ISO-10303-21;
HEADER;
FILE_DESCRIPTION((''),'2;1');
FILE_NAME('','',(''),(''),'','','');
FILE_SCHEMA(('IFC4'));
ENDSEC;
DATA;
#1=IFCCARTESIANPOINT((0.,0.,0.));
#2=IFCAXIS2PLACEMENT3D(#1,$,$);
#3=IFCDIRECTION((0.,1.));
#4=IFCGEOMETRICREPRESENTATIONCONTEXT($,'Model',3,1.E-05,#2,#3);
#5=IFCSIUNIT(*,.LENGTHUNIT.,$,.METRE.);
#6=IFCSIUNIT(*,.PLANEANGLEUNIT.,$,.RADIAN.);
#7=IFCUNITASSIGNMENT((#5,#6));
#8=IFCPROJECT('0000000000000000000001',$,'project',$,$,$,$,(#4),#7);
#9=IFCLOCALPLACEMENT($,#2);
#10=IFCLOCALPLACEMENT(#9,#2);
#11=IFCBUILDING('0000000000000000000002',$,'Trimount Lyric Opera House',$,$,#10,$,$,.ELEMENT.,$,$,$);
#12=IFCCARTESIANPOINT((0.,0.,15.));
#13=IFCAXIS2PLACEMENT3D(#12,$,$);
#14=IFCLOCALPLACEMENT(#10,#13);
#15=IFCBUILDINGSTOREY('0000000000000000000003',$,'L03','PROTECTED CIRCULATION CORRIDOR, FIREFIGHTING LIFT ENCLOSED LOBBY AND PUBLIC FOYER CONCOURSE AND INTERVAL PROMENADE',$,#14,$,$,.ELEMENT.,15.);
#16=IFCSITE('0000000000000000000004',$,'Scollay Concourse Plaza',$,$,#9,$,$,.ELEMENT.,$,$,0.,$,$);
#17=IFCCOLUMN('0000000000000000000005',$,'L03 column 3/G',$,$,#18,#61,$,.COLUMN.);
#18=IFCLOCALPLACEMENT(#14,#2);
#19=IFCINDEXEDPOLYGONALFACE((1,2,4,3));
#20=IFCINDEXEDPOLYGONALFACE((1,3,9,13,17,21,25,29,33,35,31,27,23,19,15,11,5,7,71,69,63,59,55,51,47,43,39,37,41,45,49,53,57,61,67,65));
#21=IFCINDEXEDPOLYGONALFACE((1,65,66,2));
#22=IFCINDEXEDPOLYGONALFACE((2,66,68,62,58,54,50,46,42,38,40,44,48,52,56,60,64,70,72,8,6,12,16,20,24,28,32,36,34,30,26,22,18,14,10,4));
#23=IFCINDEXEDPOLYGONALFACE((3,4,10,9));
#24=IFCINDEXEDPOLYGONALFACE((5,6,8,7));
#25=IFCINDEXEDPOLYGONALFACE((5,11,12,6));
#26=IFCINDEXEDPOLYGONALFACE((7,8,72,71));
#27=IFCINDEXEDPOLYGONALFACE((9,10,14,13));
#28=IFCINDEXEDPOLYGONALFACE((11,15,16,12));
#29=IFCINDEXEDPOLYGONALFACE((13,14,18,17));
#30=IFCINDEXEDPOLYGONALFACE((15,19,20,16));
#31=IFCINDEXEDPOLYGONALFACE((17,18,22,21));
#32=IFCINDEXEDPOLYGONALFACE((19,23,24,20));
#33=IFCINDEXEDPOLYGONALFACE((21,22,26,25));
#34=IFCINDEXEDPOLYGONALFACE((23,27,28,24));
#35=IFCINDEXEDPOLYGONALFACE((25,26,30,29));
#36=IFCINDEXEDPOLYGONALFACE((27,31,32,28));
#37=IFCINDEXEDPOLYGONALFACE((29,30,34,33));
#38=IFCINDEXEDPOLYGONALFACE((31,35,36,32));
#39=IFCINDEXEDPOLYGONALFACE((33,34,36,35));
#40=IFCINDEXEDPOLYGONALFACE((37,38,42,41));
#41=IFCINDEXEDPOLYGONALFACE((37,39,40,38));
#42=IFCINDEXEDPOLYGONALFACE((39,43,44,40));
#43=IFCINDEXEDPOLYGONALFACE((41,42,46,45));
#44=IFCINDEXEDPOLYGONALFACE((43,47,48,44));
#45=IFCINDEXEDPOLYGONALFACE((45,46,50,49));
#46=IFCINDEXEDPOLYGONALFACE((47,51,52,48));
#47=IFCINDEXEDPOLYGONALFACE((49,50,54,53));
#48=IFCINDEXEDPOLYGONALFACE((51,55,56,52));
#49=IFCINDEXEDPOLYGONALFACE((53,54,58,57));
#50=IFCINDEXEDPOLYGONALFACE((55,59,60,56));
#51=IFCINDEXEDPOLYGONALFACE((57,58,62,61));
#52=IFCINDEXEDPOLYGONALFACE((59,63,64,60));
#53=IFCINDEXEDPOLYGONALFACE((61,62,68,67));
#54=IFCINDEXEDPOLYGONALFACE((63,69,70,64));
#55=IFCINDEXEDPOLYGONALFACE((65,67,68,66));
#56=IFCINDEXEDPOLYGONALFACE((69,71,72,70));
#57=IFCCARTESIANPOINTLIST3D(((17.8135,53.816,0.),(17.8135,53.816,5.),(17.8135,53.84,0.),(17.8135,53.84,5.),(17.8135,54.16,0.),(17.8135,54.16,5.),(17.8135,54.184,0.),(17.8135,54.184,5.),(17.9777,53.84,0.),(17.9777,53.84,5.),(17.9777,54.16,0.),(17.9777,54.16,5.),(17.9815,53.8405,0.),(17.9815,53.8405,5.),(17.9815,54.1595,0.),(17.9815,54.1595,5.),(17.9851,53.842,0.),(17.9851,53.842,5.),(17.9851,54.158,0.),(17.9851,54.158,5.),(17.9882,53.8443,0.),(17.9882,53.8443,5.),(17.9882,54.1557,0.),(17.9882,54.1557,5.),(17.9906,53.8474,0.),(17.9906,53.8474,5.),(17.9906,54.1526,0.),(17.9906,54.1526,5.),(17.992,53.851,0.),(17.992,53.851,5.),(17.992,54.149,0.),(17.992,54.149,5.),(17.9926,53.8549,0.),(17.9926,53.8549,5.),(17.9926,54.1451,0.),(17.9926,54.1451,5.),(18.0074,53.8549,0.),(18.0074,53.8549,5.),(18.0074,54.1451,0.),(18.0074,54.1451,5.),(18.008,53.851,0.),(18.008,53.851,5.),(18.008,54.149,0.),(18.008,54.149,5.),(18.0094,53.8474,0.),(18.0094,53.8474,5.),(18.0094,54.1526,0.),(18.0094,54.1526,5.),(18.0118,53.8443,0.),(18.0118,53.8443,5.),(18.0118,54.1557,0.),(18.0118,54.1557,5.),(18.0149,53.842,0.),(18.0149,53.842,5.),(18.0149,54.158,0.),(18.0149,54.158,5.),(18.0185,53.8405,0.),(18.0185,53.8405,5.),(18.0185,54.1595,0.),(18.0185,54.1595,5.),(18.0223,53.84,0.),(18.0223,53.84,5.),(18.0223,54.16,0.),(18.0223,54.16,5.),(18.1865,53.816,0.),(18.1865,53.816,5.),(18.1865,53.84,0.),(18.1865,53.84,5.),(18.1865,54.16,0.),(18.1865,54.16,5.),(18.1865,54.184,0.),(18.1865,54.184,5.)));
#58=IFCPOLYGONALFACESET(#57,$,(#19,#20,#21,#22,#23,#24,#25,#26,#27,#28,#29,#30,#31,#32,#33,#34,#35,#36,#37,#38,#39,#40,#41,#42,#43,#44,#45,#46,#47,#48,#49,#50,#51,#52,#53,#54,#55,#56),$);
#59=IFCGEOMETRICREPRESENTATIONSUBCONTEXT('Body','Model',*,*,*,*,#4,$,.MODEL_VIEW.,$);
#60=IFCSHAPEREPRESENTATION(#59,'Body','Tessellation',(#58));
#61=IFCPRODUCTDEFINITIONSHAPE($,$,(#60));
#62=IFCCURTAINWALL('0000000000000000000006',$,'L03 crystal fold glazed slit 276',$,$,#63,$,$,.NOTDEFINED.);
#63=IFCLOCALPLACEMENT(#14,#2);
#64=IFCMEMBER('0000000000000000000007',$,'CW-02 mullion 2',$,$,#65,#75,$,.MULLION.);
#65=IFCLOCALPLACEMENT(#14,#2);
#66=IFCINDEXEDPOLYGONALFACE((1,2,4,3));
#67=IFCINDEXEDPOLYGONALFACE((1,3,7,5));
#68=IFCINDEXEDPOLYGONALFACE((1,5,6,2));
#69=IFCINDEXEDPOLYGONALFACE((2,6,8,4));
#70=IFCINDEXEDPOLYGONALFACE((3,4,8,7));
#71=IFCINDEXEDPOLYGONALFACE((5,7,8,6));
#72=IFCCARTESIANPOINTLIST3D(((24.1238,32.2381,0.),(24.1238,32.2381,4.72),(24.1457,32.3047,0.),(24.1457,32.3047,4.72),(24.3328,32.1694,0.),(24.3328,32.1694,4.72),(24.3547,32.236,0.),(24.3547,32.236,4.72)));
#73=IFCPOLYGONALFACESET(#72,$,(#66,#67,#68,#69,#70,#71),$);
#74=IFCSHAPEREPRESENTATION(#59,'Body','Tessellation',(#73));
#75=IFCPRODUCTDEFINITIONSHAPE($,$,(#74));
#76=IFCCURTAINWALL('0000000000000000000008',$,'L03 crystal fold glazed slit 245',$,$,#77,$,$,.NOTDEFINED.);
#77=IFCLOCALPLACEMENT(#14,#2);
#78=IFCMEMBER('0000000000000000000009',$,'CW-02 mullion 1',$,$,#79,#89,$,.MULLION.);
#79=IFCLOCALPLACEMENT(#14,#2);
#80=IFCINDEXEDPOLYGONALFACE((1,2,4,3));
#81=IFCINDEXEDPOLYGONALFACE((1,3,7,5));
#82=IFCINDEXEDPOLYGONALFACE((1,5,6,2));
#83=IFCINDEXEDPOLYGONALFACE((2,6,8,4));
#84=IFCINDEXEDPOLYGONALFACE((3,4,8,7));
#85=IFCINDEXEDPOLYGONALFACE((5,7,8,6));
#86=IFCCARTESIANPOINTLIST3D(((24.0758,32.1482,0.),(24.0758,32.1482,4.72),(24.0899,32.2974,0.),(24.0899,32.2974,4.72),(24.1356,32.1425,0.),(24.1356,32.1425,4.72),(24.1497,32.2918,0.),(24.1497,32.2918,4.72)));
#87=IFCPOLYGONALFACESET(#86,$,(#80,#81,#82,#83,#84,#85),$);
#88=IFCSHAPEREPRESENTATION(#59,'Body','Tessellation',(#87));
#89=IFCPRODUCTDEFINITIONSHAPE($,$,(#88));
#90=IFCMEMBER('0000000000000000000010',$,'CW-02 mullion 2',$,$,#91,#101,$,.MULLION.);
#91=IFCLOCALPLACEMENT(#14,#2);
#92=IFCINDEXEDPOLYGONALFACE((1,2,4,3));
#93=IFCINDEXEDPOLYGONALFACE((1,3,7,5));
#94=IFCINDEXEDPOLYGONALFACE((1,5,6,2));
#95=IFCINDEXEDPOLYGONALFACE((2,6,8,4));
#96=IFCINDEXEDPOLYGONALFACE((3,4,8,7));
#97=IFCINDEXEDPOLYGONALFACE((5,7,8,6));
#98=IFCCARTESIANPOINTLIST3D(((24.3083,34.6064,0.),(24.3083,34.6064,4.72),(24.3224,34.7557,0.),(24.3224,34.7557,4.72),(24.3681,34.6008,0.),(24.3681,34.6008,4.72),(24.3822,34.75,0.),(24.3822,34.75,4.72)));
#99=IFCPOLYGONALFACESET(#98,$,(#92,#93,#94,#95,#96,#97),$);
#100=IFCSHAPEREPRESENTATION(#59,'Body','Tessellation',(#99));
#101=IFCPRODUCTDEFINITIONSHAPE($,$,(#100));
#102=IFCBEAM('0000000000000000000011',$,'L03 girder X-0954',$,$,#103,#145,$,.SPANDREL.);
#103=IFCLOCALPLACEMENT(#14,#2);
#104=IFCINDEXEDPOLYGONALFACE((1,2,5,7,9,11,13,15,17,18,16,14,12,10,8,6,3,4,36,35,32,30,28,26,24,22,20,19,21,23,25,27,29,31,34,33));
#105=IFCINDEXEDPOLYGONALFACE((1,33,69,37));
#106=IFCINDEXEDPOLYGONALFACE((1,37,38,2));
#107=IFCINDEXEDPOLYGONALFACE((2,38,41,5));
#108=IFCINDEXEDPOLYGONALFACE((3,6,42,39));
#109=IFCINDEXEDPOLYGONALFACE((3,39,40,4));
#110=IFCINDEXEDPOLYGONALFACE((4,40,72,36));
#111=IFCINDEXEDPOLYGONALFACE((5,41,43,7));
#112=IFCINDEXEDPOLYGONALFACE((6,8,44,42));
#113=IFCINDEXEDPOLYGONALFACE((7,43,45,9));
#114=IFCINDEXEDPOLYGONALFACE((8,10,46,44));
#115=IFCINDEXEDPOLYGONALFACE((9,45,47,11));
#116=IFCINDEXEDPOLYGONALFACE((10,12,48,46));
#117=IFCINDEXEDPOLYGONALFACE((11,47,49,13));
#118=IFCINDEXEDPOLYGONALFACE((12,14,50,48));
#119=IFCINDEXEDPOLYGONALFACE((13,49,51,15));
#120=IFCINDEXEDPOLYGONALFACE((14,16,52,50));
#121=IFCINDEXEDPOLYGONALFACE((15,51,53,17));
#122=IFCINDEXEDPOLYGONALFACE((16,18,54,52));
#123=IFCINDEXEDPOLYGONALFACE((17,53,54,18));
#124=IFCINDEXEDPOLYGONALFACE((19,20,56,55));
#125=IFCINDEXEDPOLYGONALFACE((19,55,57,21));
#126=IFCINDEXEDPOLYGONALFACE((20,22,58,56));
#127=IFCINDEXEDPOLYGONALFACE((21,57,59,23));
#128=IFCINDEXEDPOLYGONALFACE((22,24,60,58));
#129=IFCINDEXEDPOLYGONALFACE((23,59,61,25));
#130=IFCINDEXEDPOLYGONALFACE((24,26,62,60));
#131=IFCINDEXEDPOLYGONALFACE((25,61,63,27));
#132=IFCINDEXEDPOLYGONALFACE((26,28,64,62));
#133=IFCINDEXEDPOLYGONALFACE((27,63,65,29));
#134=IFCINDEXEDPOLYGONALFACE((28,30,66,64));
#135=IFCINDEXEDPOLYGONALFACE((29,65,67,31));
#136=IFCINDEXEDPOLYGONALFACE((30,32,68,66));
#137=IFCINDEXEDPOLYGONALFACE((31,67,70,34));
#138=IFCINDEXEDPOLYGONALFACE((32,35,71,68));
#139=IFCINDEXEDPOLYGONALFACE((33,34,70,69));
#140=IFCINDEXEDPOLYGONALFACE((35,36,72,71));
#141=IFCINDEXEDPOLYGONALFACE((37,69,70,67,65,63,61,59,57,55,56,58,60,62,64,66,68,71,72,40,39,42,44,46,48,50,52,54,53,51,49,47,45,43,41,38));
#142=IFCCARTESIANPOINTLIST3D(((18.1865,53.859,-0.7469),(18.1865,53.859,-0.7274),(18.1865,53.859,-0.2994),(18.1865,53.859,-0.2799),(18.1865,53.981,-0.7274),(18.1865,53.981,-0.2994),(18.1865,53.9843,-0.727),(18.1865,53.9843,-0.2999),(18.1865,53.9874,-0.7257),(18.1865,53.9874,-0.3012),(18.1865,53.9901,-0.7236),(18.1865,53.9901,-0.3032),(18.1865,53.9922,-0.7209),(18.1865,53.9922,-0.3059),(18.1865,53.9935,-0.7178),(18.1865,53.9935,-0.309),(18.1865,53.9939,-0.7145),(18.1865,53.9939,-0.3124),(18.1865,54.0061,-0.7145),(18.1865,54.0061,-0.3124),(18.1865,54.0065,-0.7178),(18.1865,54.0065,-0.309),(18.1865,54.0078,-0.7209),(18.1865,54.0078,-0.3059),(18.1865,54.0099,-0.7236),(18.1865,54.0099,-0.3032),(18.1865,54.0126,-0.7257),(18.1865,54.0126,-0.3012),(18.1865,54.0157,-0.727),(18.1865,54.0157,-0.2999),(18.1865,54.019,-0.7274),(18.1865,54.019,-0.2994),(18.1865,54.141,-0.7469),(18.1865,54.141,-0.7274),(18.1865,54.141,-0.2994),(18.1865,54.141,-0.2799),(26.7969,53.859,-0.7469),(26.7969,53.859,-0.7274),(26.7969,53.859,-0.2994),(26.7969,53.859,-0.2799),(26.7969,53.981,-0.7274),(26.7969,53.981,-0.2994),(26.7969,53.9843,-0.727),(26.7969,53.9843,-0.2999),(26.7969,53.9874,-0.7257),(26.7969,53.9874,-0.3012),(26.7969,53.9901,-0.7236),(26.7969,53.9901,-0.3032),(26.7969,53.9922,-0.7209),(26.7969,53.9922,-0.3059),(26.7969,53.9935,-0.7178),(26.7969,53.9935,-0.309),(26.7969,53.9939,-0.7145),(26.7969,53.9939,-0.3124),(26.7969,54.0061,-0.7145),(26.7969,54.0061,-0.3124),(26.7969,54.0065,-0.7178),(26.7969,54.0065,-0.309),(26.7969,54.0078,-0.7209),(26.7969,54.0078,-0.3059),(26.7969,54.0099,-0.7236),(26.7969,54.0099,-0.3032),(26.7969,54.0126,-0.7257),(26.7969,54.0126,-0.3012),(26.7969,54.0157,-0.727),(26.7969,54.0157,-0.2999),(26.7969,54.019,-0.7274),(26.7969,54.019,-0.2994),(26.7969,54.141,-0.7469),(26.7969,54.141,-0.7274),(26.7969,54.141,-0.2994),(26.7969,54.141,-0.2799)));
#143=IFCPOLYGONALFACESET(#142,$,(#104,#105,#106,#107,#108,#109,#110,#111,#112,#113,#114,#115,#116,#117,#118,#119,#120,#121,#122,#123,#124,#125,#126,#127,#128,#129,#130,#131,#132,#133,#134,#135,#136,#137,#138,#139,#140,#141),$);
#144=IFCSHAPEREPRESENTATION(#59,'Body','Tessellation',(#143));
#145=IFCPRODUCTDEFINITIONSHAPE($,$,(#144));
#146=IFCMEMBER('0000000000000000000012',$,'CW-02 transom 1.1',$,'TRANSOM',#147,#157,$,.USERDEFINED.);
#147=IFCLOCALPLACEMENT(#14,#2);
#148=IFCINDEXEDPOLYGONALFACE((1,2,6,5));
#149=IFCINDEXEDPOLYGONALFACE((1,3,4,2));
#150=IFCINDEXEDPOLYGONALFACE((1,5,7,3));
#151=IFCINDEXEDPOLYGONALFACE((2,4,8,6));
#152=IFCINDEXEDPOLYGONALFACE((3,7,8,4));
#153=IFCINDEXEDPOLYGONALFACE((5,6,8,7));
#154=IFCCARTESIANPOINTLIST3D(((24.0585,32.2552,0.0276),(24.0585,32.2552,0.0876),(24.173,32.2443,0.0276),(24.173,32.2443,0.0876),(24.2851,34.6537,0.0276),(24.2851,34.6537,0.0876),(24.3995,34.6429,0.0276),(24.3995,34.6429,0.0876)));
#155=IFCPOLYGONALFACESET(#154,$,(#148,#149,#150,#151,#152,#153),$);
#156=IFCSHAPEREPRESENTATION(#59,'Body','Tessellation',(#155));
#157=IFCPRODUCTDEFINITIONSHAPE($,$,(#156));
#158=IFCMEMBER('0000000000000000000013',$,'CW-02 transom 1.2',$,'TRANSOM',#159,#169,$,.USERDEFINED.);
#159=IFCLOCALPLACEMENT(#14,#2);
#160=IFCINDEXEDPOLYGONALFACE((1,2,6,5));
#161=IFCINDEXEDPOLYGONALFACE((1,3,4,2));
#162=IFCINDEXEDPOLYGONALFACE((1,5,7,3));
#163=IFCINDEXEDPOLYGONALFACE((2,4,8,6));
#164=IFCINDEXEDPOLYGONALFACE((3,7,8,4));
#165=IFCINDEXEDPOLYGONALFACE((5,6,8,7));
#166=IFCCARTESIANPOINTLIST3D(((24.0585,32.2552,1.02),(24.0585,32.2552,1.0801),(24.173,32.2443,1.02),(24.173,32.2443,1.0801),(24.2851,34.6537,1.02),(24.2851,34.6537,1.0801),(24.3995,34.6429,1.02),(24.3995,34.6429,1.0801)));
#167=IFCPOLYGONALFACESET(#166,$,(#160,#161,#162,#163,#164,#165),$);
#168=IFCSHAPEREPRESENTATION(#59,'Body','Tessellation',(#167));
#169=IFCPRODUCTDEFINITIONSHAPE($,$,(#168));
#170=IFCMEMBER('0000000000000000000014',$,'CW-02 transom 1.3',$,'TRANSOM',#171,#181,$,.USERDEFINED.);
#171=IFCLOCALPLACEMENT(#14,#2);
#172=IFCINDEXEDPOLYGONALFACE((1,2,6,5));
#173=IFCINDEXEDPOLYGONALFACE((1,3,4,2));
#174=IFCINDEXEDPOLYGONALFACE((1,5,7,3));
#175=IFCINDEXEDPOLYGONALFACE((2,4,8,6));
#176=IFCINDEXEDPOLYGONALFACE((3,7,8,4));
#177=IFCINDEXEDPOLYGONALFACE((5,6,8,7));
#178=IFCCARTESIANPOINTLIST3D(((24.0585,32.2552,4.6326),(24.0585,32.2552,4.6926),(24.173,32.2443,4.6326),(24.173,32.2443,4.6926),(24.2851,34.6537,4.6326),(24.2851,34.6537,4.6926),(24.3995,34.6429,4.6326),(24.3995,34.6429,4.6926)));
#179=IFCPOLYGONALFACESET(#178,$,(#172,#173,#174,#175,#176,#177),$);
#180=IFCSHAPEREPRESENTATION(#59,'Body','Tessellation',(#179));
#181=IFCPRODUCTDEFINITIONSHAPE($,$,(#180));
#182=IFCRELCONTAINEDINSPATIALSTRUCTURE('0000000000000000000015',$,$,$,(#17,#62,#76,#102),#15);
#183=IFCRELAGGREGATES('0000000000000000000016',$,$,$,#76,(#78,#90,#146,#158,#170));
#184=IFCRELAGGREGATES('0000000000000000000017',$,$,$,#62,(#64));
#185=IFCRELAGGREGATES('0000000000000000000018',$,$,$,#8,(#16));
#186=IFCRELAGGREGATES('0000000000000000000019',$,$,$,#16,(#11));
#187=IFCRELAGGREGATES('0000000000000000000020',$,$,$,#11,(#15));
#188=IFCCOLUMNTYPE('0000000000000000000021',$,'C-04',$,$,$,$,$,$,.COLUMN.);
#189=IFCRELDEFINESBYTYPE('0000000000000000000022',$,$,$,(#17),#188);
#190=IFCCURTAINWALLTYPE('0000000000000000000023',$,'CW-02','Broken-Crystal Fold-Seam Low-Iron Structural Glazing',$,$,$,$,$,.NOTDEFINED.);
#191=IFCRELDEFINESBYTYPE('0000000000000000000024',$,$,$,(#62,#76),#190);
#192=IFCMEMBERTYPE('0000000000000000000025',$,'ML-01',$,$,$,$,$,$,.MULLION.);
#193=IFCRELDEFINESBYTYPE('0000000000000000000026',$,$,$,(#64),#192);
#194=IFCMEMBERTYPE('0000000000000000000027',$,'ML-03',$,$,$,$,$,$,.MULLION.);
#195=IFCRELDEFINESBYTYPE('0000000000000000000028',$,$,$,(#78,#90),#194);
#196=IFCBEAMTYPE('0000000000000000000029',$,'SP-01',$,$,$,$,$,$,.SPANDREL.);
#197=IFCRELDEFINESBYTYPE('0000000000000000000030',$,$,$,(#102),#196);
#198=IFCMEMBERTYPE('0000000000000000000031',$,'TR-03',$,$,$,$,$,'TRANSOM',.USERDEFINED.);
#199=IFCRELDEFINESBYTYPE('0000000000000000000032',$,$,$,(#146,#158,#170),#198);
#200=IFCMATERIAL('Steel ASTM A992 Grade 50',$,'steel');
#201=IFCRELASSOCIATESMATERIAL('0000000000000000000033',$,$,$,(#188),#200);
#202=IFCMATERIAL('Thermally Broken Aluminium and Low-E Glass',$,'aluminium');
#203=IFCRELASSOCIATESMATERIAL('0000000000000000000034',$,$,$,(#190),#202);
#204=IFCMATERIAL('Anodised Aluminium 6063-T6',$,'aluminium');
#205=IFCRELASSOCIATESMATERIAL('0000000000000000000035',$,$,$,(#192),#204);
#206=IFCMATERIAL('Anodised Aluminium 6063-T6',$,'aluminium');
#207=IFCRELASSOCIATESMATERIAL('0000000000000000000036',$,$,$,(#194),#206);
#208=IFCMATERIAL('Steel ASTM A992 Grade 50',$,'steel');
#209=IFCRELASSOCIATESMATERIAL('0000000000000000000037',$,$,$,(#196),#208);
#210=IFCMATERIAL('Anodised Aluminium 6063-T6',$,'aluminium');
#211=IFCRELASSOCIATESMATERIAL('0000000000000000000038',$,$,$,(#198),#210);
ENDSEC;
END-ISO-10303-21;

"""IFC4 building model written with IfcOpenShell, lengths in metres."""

from ifc_helpers import new_model, si_unit, direction, frame, origin, origin_2d, place, context, subcontext, project, spatial, rectangle, i_section, extrude, material, material_profile, profile_set, type_object, element, aggregate, save


model = new_model("IFC4")

# Units and contexts
model_context = context("Model", 3, precision=1e-05, world=origin(), true_north=direction((0.0, 1.0)))
body_context = subcontext(model_context, "Body", "Model", "MODEL_VIEW")
ifc_project = project(units=[si_unit("LENGTHUNIT", "METRE"), si_unit("PLANEANGLEUNIT", "RADIAN")], contexts=[model_context])

# Site, building, storey
site_placement = place(None, origin())
site = spatial("IfcSite", under=ifc_project, at=site_placement, Name="Scollay Concourse Plaza", CompositionType="ELEMENT", RefElevation=0.0)
building_placement = place(site_placement, origin())
building = spatial("IfcBuilding", under=site, at=building_placement, Name="Trimount Lyric Opera House", CompositionType="ELEMENT")
storey_placement = place(building_placement, frame((0.0, 0.0, 15.0)))
storey = spatial("IfcBuildingStorey", under=building, at=storey_placement, Name="L03", Description="PROTECTED CIRCULATION CORRIDOR, FIREFIGHTING LIFT ENCLOSED LOBBY AND PUBLIC FOYER CONCOURSE AND INTERVAL PROMENADE", CompositionType="ELEMENT", Elevation=15.0)

# Column
ifc_material_1 = material(Name="Steel ASTM A992 Grade 50", Category="steel")
ifc_material_profile_1 = material_profile(ifc_material_1, i_section(OverallWidth=0.373, OverallDepth=0.3679, WebThickness=0.0149, FlangeThickness=0.0239, FilletRadius=0.0149, at=origin_2d()), Name="W14X120")
ifc_profile_set_1 = profile_set([ifc_material_profile_1], Name="Steel ASTM A992 Grade 50")
column_type = type_object("IfcColumnType", Name="C-04", PredefinedType="COLUMN", material=ifc_profile_set_1)
column_placement = place(storey_placement, frame((18.0, 54.0, 0.0), z_axis=(0.0, 0.0, 1.0), x_axis=(1.0, 0.0, 0.0)))
element("IfcColumn", 1, at=column_placement, inside=storey, type_object=column_type, Name="L03 column 3/G", PredefinedType="COLUMN", context=body_context, shape_type="SweptSolid", body=[
    extrude(i_section(OverallWidth=0.373, OverallDepth=0.3679, WebThickness=0.0149, FlangeThickness=0.0239, FilletRadius=0.0149, at=origin_2d()), origin(), (0.0, 0.0, 1.0), 5.0),
])

# Curtain wall, member
ifc_material_2 = material(Name="Thermally Broken Aluminium and Low-E Glass", Category="aluminium")
curtain_wall_type = type_object("IfcCurtainWallType", Name="CW-02", Description="Broken-Crystal Fold-Seam Low-Iron Structural Glazing", PredefinedType="NOTDEFINED", material=ifc_material_2)
curtain_wall_1_placement = place(storey_placement, origin())
curtain_wall_1 = element("IfcCurtainWall", 2, at=curtain_wall_1_placement, inside=storey, type_object=curtain_wall_type, Name="L03 crystal fold glazed slit 276", PredefinedType="NOTDEFINED")
ifc_material_3 = material(Name="Anodised Aluminium 6063-T6", Category="aluminium")
ifc_material_profile_2 = material_profile(ifc_material_3, rectangle(XDim=0.0701, YDim=0.22, at=origin_2d()), Name="ALU-MULL-70X220")
ifc_profile_set_2 = profile_set([ifc_material_profile_2], Name="Anodised Aluminium 6063-T6")
member_type_1 = type_object("IfcMemberType", Name="ML-01", PredefinedType="MULLION", material=ifc_profile_set_2)
member_1_placement = place(storey_placement, frame((24.2393, 32.2371, 0.0), z_axis=(0.0, 0.0, 1.0), x_axis=(-0.312224, -0.950009, 0.0)))
member_1 = element("IfcMember", 3, at=member_1_placement, type_object=member_type_1, Name="CW-02 mullion 2", PredefinedType="MULLION", context=body_context, shape_type="SweptSolid", body=[
    extrude(rectangle(XDim=0.0701, YDim=0.22, at=origin_2d()), origin(), (0.0, 0.0, 1.0), 4.72),
])

# Curtain wall, members
curtain_wall_2_placement = place(storey_placement, origin())
curtain_wall_2 = element("IfcCurtainWall", 4, at=curtain_wall_2_placement, inside=storey, type_object=curtain_wall_type, Name="L03 crystal fold glazed slit 245", PredefinedType="NOTDEFINED")
ifc_material_4 = material(Name="Anodised Aluminium 6063-T6", Category="aluminium")
ifc_material_profile_3 = material_profile(ifc_material_4, rectangle(XDim=0.0601, YDim=0.1499, at=origin_2d()), Name="ALU-MULL-60X150")
ifc_profile_set_3 = profile_set([ifc_material_profile_3], Name="Anodised Aluminium 6063-T6")
member_type_2 = type_object("IfcMemberType", Name="ML-03", PredefinedType="MULLION", material=ifc_profile_set_3)
member_2_placement = place(storey_placement, frame((24.1128, 32.22, 0.0), z_axis=(0.0, 0.0, 1.0), x_axis=(-0.995563, 0.0941, 0.0)))
member_2 = element("IfcMember", 5, at=member_2_placement, type_object=member_type_2, Name="CW-02 mullion 1", PredefinedType="MULLION", context=body_context, shape_type="SweptSolid", body=[
    extrude(rectangle(XDim=0.0601, YDim=0.1499, at=origin_2d()), origin(), (0.0, 0.0, 1.0), 4.72),
])
member_3_placement = place(storey_placement, frame((24.3452, 34.6782, 0.0), z_axis=(0.0, 0.0, 1.0), x_axis=(-0.995563, 0.0941, 0.0)))
member_3 = element("IfcMember", 6, at=member_3_placement, type_object=member_type_2, Name="CW-02 mullion 2", PredefinedType="MULLION", context=body_context, shape_type="SweptSolid", body=[
    extrude(rectangle(XDim=0.0601, YDim=0.1499, at=origin_2d()), origin(), (0.0, 0.0, 1.0), 4.72),
])

# Beam
ifc_material_5 = material(Name="Steel ASTM A992 Grade 50", Category="steel")
ifc_material_profile_4 = material_profile(ifc_material_5, i_section(OverallWidth=0.282, OverallDepth=0.467, WebThickness=0.0122, FlangeThickness=0.0195, FilletRadius=0.0129, at=origin_2d()), Name="W18X86")
ifc_profile_set_4 = profile_set([ifc_material_profile_4], Name="Steel ASTM A992 Grade 50")
beam_type = type_object("IfcBeamType", Name="SP-01", PredefinedType="SPANDREL", material=ifc_profile_set_4)
beam_placement = place(storey_placement, frame((18.1865, 54.0, -0.5134), z_axis=(1.0, 0.0, 0.0), x_axis=(0.0, 1.0, 0.0)))
element("IfcBeam", 7, at=beam_placement, inside=storey, type_object=beam_type, Name="L03 girder X-0954", PredefinedType="SPANDREL", context=body_context, shape_type="SweptSolid", body=[
    extrude(i_section(OverallWidth=0.282, OverallDepth=0.467, WebThickness=0.0122, FlangeThickness=0.0195, FilletRadius=0.0129, at=origin_2d()), origin(), (0.0, 0.0, 1.0), 8.6104),
])

# Members
ifc_material_6 = material(Name="Anodised Aluminium 6063-T6", Category="aluminium")
ifc_material_profile_5 = material_profile(ifc_material_6, rectangle(XDim=0.115, YDim=0.0601, at=origin_2d()), Name="ALU-TRAN-60X115")
ifc_profile_set_5 = profile_set([ifc_material_profile_5], Name="Anodised Aluminium 6063-T6")
member_type_3 = type_object("IfcMemberType", Name="TR-03", ElementType="TRANSOM", PredefinedType="USERDEFINED", material=ifc_profile_set_5)
member_4_placement = place(storey_placement, frame((24.1157, 32.2498, 0.0576), z_axis=(0.094044, 0.995568, 0.0), x_axis=(-0.995568, 0.094044, 0.0)))
member_4 = element("IfcMember", 8, at=member_4_placement, type_object=member_type_3, Name="CW-02 transom 1.1", ObjectType="TRANSOM", PredefinedType="USERDEFINED", context=body_context, shape_type="SweptSolid", body=[
    extrude(rectangle(XDim=0.115, YDim=0.0601, at=origin_2d()), origin(), (0.0, 0.0, 1.0), 2.4092),
])
member_5_placement = place(storey_placement, frame((24.1157, 32.2498, 1.05), z_axis=(0.094044, 0.995568, 0.0), x_axis=(-0.995568, 0.094044, 0.0)))
member_5 = element("IfcMember", 9, at=member_5_placement, type_object=member_type_3, Name="CW-02 transom 1.2", ObjectType="TRANSOM", PredefinedType="USERDEFINED", context=body_context, shape_type="SweptSolid", body=[
    extrude(rectangle(XDim=0.115, YDim=0.0601, at=origin_2d()), origin(), (0.0, 0.0, 1.0), 2.4092),
])
member_6_placement = place(storey_placement, frame((24.1157, 32.2498, 4.6626), z_axis=(0.094044, 0.995568, 0.0), x_axis=(-0.995568, 0.094044, 0.0)))
member_6 = element("IfcMember", 10, at=member_6_placement, type_object=member_type_3, Name="CW-02 transom 1.3", ObjectType="TRANSOM", PredefinedType="USERDEFINED", context=body_context, shape_type="SweptSolid", body=[
    extrude(rectangle(XDim=0.115, YDim=0.0601, at=origin_2d()), origin(), (0.0, 0.0, 1.0), 2.4092),
])

aggregate(curtain_wall_2, [member_2, member_3, member_4, member_5, member_6])
aggregate(curtain_wall_1, [member_1])

save(model, "model.ifc")
